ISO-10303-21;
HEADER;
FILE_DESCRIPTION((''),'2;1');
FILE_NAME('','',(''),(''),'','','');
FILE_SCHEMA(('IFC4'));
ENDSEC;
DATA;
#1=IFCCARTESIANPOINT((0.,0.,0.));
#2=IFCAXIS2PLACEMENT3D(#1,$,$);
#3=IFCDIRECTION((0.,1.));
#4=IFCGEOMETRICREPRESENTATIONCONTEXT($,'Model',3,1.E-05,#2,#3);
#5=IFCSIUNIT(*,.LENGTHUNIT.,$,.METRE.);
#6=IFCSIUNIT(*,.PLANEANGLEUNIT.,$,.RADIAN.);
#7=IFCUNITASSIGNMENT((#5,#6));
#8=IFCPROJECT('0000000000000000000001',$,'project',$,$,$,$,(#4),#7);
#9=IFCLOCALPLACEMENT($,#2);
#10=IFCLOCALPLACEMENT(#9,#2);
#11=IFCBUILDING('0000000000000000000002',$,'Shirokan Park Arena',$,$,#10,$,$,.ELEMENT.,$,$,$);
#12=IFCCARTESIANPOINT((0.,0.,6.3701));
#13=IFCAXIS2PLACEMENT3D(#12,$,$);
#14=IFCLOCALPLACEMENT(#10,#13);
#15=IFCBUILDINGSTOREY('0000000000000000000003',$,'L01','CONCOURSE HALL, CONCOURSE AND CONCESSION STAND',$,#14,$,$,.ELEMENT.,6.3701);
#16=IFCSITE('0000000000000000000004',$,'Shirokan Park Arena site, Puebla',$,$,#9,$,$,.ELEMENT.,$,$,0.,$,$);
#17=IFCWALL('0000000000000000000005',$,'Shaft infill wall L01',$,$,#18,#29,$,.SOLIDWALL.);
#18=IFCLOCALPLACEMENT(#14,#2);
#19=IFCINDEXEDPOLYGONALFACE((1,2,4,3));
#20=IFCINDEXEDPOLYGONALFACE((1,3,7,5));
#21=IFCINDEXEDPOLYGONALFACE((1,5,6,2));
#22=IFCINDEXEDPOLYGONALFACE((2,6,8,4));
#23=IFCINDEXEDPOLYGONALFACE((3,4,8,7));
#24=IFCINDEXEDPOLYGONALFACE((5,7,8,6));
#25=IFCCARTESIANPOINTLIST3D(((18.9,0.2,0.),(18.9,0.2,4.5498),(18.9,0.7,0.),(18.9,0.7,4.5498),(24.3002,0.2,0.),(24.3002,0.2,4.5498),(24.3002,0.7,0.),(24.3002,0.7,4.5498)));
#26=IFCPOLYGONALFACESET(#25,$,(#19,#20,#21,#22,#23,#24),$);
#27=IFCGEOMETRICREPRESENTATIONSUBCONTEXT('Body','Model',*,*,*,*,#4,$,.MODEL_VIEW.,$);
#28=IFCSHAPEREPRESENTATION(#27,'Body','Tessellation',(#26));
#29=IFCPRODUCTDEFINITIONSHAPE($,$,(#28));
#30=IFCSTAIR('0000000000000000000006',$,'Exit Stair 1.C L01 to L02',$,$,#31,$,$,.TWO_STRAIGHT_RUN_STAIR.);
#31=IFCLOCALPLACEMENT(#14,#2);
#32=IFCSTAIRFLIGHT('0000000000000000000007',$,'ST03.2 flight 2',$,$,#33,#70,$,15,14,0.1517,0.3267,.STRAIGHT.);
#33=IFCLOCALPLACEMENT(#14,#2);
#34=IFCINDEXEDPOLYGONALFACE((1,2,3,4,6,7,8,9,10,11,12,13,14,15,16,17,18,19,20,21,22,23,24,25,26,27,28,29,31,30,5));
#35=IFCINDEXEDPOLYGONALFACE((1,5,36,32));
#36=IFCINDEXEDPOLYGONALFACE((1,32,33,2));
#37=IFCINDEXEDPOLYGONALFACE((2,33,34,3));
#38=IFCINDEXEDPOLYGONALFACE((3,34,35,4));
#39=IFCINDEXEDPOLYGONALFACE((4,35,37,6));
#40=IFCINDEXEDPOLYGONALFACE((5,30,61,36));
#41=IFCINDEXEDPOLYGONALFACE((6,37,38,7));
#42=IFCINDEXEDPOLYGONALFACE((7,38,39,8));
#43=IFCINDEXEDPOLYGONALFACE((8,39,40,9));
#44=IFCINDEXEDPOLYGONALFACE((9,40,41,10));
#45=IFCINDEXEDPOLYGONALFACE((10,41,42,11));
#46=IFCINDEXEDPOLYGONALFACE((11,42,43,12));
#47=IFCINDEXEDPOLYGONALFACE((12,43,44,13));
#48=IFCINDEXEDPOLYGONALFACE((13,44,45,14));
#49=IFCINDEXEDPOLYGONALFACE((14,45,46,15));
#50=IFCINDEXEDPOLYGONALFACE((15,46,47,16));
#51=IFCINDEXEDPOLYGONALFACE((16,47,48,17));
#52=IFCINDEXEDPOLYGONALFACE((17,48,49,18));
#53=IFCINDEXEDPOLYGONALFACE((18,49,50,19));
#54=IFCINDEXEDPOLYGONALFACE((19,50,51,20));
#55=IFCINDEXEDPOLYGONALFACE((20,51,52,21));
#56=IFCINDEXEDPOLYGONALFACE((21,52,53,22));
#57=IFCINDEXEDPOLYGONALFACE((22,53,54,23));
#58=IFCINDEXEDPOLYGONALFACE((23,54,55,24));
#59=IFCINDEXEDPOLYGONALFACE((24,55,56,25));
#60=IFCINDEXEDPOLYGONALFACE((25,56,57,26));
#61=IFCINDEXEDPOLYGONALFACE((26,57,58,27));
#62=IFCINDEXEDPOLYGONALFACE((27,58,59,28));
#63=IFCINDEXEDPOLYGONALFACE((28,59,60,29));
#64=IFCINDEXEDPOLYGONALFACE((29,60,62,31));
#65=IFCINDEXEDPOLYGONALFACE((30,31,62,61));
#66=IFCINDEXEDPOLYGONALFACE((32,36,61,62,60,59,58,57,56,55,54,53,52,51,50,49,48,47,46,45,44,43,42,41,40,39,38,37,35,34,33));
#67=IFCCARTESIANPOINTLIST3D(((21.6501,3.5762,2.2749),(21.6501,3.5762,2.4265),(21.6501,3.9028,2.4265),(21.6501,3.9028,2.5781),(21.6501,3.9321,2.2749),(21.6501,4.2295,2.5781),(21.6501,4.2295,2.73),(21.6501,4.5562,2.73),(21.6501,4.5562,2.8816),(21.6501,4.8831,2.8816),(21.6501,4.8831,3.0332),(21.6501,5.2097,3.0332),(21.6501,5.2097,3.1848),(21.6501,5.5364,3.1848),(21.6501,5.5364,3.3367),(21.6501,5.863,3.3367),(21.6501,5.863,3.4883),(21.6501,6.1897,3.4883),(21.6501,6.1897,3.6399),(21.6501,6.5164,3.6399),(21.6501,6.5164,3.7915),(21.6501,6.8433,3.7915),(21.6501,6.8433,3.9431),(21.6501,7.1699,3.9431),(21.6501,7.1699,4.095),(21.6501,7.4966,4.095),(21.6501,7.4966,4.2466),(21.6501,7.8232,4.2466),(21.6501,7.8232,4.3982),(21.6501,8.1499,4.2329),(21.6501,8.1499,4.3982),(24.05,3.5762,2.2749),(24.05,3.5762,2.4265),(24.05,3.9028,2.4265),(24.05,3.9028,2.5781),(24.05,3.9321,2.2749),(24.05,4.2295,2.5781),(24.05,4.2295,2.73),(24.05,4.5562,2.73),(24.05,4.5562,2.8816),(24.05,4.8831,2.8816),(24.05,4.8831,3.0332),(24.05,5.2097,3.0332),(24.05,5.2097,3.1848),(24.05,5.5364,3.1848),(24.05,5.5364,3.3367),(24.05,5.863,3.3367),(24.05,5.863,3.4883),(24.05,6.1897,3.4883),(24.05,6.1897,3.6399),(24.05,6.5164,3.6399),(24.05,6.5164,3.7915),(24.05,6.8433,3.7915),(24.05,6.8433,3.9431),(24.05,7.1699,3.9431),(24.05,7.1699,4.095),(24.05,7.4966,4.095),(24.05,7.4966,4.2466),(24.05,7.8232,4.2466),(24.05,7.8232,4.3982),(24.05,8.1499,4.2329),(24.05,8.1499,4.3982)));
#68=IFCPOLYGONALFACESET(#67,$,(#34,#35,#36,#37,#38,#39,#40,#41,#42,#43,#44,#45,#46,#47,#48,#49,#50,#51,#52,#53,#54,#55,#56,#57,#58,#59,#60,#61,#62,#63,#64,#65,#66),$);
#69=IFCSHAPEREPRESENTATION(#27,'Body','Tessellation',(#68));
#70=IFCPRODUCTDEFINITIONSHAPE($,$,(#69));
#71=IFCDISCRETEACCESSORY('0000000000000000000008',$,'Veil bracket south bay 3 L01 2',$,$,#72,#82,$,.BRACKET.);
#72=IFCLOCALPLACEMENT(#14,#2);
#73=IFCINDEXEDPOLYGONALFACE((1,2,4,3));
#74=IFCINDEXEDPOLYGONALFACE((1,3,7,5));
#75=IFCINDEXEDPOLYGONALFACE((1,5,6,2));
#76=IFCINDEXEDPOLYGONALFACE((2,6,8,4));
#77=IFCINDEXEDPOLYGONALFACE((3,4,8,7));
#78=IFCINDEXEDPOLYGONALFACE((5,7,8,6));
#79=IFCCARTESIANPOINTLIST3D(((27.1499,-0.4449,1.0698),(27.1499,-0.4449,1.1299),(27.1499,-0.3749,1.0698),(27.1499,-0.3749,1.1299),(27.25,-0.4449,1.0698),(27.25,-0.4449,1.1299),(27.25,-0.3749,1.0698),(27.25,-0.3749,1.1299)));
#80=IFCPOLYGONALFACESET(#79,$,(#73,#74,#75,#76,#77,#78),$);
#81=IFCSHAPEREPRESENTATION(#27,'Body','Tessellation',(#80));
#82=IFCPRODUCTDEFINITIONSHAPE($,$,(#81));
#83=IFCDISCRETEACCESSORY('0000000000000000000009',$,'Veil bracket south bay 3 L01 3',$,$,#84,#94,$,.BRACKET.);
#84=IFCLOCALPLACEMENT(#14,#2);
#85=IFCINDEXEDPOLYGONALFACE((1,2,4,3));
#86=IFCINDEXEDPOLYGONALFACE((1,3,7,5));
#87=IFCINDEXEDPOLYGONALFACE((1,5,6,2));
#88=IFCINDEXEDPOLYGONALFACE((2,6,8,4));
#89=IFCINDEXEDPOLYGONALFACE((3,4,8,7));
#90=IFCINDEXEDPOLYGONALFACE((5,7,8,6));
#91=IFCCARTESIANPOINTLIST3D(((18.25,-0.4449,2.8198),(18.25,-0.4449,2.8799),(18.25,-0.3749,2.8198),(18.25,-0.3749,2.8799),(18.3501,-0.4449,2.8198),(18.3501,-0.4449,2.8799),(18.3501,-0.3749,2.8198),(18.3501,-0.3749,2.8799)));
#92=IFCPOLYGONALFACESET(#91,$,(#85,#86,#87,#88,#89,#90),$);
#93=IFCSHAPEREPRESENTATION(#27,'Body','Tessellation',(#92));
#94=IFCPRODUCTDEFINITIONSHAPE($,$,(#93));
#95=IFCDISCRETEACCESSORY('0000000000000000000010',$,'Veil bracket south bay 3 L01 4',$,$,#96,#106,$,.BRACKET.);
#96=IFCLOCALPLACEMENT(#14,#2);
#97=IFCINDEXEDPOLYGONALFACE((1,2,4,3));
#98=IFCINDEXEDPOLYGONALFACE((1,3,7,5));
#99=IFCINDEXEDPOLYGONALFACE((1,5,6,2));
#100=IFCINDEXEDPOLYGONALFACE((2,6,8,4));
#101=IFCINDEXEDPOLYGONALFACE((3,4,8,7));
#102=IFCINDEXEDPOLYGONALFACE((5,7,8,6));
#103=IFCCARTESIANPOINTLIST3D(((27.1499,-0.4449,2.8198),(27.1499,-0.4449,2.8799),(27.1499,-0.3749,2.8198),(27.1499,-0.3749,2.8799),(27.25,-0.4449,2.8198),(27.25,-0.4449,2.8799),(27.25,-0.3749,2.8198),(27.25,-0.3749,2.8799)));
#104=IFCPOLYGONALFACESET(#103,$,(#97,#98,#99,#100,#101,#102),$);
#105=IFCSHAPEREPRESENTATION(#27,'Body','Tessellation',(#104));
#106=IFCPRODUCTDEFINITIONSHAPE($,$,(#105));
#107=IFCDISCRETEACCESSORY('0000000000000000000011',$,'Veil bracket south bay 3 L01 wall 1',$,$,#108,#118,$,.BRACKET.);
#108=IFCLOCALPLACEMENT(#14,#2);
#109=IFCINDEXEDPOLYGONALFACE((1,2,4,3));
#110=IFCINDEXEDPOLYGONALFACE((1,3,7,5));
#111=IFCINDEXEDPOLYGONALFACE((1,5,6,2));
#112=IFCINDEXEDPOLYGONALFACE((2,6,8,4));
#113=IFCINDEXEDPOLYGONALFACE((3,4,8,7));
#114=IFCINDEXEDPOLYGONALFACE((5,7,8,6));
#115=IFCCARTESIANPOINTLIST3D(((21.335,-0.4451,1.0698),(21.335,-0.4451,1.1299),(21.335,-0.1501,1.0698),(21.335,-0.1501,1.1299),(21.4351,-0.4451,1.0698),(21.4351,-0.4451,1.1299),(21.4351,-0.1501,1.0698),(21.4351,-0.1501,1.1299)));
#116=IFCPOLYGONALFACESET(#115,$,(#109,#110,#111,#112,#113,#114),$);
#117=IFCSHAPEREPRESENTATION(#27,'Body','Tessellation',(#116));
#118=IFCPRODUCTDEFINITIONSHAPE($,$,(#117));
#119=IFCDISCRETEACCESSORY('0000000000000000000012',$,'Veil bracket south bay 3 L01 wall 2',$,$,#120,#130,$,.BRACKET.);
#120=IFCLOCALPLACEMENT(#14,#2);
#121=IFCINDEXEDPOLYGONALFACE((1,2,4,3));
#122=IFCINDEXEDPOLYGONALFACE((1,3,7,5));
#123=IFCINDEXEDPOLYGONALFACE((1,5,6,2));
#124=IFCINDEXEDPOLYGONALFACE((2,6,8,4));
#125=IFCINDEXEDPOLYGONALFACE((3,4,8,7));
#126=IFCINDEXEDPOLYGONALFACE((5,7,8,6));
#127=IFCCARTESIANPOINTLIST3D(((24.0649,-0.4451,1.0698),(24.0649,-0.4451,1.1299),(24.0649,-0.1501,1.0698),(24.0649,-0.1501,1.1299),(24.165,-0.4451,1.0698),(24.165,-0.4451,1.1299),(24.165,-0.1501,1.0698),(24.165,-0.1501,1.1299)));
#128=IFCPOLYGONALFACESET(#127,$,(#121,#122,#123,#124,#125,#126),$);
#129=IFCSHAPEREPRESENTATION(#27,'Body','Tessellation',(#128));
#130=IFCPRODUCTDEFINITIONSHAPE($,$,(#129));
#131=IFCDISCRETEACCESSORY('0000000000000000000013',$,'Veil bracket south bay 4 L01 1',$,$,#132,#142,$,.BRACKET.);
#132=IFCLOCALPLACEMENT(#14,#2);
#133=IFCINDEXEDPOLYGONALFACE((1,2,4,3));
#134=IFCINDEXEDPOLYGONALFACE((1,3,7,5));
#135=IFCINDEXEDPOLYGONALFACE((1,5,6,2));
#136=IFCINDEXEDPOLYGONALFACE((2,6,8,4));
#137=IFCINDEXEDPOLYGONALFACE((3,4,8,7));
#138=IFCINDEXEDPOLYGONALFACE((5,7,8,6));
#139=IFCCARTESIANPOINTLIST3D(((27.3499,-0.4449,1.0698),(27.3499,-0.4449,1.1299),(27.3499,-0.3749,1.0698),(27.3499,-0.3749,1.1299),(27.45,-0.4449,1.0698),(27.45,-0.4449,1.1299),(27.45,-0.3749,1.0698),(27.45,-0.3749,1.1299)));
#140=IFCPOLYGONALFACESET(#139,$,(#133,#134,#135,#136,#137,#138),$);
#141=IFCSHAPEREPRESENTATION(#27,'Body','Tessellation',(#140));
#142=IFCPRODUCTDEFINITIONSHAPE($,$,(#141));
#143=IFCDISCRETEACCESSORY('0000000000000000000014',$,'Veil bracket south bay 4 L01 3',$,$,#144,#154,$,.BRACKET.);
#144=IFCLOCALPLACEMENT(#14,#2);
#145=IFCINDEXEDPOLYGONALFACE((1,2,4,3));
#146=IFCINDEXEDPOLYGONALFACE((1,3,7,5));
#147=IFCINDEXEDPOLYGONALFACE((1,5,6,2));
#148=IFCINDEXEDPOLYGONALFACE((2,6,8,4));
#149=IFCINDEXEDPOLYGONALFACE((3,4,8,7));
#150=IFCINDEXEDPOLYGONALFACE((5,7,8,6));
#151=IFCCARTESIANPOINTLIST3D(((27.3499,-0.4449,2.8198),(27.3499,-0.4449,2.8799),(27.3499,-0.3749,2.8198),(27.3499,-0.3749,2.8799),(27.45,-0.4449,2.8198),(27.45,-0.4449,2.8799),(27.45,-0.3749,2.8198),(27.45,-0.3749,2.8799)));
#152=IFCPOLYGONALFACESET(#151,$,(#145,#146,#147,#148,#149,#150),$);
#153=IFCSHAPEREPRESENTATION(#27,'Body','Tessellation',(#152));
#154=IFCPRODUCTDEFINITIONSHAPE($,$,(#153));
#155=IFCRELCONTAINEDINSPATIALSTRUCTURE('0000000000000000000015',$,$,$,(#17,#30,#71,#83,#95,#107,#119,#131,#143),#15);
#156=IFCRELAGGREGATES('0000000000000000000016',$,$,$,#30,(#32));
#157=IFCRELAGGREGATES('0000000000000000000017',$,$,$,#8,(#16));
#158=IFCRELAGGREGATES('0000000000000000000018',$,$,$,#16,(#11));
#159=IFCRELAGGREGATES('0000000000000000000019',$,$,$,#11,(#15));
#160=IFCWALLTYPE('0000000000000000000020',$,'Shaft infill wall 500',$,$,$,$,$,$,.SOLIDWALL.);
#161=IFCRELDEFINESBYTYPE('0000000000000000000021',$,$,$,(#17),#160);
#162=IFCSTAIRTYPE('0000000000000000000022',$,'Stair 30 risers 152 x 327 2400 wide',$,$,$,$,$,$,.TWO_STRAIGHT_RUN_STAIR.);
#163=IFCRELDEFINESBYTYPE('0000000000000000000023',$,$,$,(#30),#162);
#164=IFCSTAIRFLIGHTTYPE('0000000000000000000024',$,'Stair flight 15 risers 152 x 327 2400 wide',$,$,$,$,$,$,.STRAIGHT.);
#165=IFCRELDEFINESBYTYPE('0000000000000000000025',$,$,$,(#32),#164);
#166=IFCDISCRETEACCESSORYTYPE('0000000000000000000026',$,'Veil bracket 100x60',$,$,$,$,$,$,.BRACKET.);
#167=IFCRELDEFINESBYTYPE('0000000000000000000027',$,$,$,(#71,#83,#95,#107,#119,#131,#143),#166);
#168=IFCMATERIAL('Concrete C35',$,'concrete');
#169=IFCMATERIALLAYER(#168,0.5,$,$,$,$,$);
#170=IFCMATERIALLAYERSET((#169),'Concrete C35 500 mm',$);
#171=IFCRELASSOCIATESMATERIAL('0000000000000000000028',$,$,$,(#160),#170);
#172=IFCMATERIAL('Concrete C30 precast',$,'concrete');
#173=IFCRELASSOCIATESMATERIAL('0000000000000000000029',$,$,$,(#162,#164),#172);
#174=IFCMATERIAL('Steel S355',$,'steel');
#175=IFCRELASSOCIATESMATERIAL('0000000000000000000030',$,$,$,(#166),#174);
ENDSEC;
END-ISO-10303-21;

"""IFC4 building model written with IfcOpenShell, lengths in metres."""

from ifc_helpers import new_model, si_unit, direction, frame, frame_2d, origin, origin_2d, place, context, subcontext, project, spatial, polyline, rectangle, outline, extrude, material, layer, layer_set, type_object, element, aggregate, save


model = new_model("IFC4")

# Units and contexts
model_context = context("Model", 3, precision=1e-05, world=origin(), true_north=direction((0.0, 1.0)))
body_context = subcontext(model_context, "Body", "Model", "MODEL_VIEW")
ifc_project = project(units=[si_unit("LENGTHUNIT", "METRE"), si_unit("PLANEANGLEUNIT", "RADIAN")], contexts=[model_context])

# Site, building, storey
site_placement = place(None, origin())
site = spatial("IfcSite", under=ifc_project, at=site_placement, Name="Shirokan Park Arena site, Puebla", CompositionType="ELEMENT", RefElevation=0.0)
building_placement = place(site_placement, origin())
building = spatial("IfcBuilding", under=site, at=building_placement, Name="Shirokan Park Arena", CompositionType="ELEMENT")
storey_placement = place(building_placement, frame((0.0, 0.0, 6.3701)))
storey = spatial("IfcBuildingStorey", under=building, at=storey_placement, Name="L01", Description="CONCOURSE HALL, CONCOURSE AND CONCESSION STAND", CompositionType="ELEMENT", Elevation=6.3701)

# Shared definitions
ifc_material_1 = material(Name="Concrete C35", Category="concrete")

# Shared definitions
ifc_material_2 = material(Name="Steel S355", Category="steel")

# Wall
ifc_layer_1 = layer(ifc_material_1, 0.5)
ifc_layer_set_1 = layer_set([ifc_layer_1], Name="Concrete C35 500 mm")
wall_type_1 = type_object("IfcWallType", Name="Shaft infill wall 500", PredefinedType="SOLIDWALL", material=ifc_layer_set_1)
wall_1_placement = place(storey_placement, frame((18.8999, 0.45, 0.0), z_axis=(0.0, 0.0, 1.0), x_axis=(1.0, 0.0, 0.0)))
element("IfcWall", 1, at=wall_1_placement, inside=storey, type_object=wall_type_1, Name="Shaft infill wall L01", PredefinedType="SOLIDWALL", context=body_context, shape_type="SweptSolid", body=[
    extrude(rectangle(XDim=5.4001, YDim=0.5, at=frame_2d((2.7002, 0.0))), origin(), (0.0, 0.0, 1.0), 4.5498),
])

# Stair, stair flight
ifc_material_3 = material(Name="Concrete C30 precast", Category="concrete")
stair_type = type_object("IfcStairType", Name="Stair 30 risers 152 x 327 2400 wide", PredefinedType="TWO_STRAIGHT_RUN_STAIR", material=ifc_material_3)
stair_placement = place(storey_placement, origin())
stair = element("IfcStair", 2, at=stair_placement, inside=storey, type_object=stair_type, Name="Exit Stair 1.C L01 to L02", PredefinedType="TWO_STRAIGHT_RUN_STAIR")
stair_flight_type = type_object("IfcStairFlightType", Name="Stair flight 15 risers 152 x 327 2400 wide", PredefinedType="STRAIGHT", material=ifc_material_3)
stair_flight_placement = place(storey_placement, frame((22.8501, 3.5762, 2.2749), z_axis=(0.0, 0.0, 1.0), x_axis=(0.0, 1.0, 0.0)))
stair_flight = element("IfcStairFlight", 3, at=stair_flight_placement, type_object=stair_flight_type, Name="ST03.2 flight 2", NumberOfRisers=15, NumberOfTreads=14, PredefinedType="STRAIGHT", RiserHeight=0.1517, TreadLength=0.3267, context=body_context, shape_type="SweptSolid", body=[
    extrude(outline(polyline([(0.0, 0.0), (0.0, 0.1516), (0.3267, 0.1516), (0.3267, 0.3032), (0.6533, 0.3032), (0.6533, 0.4551), (0.98, 0.4551), (0.98, 0.6067), (1.3069, 0.6067), (1.3069, 0.7583), (1.6335, 0.7583), (1.6335, 0.9099), (1.9602, 0.9099), (1.9602, 1.0618), (2.2869, 1.0618), (2.2869, 1.2134), (2.6135, 1.2134), (2.6135, 1.365), (2.9402, 1.365), (2.9402, 1.5166), (3.2671, 1.5166), (3.2671, 1.6682), (3.5938, 1.6682), (3.5938, 1.8201), (3.9204, 1.8201), (3.9204, 1.9717), (4.2471, 1.9717), (4.2471, 2.1233), (4.5737, 2.1233), (4.5737, 2.2749), (4.5737, 1.958), (0.356, 0.0), (0.0, 0.0)])), frame((0.0, 1.2, 0.0), z_axis=(0.0, -1.0, 0.0), x_axis=(1.0, 0.0, 0.0)), (0.0, 0.0, 1.0), 2.3999),
])
aggregate(stair, [stair_flight])

# Discrete accessories
discrete_accessory_type = type_object("IfcDiscreteAccessoryType", Name="Veil bracket 100x60", PredefinedType="BRACKET", material=ifc_material_2)
for number, where, z_axis, x_axis, name in (
    (4, (27.2, -0.4099, 1.0698), (0.0, 0.0, 1.0), (1.0, 0.0, 0.0), "Veil bracket south bay 3 L01 2"),
    (5, (18.3, -0.4099, 2.8198), (0.0, 0.0, 1.0), (1.0, 0.0, 0.0), "Veil bracket south bay 3 L01 3"),
    (6, (27.2, -0.4099, 2.8198), (0.0, 0.0, 1.0), (1.0, 0.0, 0.0), "Veil bracket south bay 3 L01 4"),
):
    element("IfcDiscreteAccessory", number, at=place(storey_placement, frame(where, z_axis=z_axis, x_axis=x_axis)), inside=storey, type_object=discrete_accessory_type, Name=name, PredefinedType="BRACKET", context=body_context, shape_type="SweptSolid", body=[
        extrude(rectangle(XDim=0.1001, YDim=0.0701, at=origin_2d()), origin(), (0.0, 0.0, 1.0), 0.0601),
    ])
for number, where, z_axis, x_axis, name in (
    (7, (21.385, -0.2976, 1.0698), (0.0, 0.0, 1.0), (1.0, 0.0, 0.0), "Veil bracket south bay 3 L01 wall 1"),
    (8, (24.115, -0.2976, 1.0698), (0.0, 0.0, 1.0), (1.0, 0.0, 0.0), "Veil bracket south bay 3 L01 wall 2"),
):
    element("IfcDiscreteAccessory", number, at=place(storey_placement, frame(where, z_axis=z_axis, x_axis=x_axis)), inside=storey, type_object=discrete_accessory_type, Name=name, PredefinedType="BRACKET", context=body_context, shape_type="SweptSolid", body=[
        extrude(rectangle(XDim=0.1001, YDim=0.2949, at=origin_2d()), origin(), (0.0, 0.0, 1.0), 0.0601),
    ])
for number, where, z_axis, x_axis, name in (
    (9, (27.3999, -0.4099, 1.0698), (0.0, 0.0, 1.0), (1.0, 0.0, 0.0), "Veil bracket south bay 4 L01 1"),
    (10, (27.3999, -0.4099, 2.8198), (0.0, 0.0, 1.0), (1.0, 0.0, 0.0), "Veil bracket south bay 4 L01 3"),
):
    element("IfcDiscreteAccessory", number, at=place(storey_placement, frame(where, z_axis=z_axis, x_axis=x_axis)), inside=storey, type_object=discrete_accessory_type, Name=name, PredefinedType="BRACKET", context=body_context, shape_type="SweptSolid", body=[
        extrude(rectangle(XDim=0.1001, YDim=0.0701, at=origin_2d()), origin(), (0.0, 0.0, 1.0), 0.0601),
    ])

save(model, "model.ifc")
